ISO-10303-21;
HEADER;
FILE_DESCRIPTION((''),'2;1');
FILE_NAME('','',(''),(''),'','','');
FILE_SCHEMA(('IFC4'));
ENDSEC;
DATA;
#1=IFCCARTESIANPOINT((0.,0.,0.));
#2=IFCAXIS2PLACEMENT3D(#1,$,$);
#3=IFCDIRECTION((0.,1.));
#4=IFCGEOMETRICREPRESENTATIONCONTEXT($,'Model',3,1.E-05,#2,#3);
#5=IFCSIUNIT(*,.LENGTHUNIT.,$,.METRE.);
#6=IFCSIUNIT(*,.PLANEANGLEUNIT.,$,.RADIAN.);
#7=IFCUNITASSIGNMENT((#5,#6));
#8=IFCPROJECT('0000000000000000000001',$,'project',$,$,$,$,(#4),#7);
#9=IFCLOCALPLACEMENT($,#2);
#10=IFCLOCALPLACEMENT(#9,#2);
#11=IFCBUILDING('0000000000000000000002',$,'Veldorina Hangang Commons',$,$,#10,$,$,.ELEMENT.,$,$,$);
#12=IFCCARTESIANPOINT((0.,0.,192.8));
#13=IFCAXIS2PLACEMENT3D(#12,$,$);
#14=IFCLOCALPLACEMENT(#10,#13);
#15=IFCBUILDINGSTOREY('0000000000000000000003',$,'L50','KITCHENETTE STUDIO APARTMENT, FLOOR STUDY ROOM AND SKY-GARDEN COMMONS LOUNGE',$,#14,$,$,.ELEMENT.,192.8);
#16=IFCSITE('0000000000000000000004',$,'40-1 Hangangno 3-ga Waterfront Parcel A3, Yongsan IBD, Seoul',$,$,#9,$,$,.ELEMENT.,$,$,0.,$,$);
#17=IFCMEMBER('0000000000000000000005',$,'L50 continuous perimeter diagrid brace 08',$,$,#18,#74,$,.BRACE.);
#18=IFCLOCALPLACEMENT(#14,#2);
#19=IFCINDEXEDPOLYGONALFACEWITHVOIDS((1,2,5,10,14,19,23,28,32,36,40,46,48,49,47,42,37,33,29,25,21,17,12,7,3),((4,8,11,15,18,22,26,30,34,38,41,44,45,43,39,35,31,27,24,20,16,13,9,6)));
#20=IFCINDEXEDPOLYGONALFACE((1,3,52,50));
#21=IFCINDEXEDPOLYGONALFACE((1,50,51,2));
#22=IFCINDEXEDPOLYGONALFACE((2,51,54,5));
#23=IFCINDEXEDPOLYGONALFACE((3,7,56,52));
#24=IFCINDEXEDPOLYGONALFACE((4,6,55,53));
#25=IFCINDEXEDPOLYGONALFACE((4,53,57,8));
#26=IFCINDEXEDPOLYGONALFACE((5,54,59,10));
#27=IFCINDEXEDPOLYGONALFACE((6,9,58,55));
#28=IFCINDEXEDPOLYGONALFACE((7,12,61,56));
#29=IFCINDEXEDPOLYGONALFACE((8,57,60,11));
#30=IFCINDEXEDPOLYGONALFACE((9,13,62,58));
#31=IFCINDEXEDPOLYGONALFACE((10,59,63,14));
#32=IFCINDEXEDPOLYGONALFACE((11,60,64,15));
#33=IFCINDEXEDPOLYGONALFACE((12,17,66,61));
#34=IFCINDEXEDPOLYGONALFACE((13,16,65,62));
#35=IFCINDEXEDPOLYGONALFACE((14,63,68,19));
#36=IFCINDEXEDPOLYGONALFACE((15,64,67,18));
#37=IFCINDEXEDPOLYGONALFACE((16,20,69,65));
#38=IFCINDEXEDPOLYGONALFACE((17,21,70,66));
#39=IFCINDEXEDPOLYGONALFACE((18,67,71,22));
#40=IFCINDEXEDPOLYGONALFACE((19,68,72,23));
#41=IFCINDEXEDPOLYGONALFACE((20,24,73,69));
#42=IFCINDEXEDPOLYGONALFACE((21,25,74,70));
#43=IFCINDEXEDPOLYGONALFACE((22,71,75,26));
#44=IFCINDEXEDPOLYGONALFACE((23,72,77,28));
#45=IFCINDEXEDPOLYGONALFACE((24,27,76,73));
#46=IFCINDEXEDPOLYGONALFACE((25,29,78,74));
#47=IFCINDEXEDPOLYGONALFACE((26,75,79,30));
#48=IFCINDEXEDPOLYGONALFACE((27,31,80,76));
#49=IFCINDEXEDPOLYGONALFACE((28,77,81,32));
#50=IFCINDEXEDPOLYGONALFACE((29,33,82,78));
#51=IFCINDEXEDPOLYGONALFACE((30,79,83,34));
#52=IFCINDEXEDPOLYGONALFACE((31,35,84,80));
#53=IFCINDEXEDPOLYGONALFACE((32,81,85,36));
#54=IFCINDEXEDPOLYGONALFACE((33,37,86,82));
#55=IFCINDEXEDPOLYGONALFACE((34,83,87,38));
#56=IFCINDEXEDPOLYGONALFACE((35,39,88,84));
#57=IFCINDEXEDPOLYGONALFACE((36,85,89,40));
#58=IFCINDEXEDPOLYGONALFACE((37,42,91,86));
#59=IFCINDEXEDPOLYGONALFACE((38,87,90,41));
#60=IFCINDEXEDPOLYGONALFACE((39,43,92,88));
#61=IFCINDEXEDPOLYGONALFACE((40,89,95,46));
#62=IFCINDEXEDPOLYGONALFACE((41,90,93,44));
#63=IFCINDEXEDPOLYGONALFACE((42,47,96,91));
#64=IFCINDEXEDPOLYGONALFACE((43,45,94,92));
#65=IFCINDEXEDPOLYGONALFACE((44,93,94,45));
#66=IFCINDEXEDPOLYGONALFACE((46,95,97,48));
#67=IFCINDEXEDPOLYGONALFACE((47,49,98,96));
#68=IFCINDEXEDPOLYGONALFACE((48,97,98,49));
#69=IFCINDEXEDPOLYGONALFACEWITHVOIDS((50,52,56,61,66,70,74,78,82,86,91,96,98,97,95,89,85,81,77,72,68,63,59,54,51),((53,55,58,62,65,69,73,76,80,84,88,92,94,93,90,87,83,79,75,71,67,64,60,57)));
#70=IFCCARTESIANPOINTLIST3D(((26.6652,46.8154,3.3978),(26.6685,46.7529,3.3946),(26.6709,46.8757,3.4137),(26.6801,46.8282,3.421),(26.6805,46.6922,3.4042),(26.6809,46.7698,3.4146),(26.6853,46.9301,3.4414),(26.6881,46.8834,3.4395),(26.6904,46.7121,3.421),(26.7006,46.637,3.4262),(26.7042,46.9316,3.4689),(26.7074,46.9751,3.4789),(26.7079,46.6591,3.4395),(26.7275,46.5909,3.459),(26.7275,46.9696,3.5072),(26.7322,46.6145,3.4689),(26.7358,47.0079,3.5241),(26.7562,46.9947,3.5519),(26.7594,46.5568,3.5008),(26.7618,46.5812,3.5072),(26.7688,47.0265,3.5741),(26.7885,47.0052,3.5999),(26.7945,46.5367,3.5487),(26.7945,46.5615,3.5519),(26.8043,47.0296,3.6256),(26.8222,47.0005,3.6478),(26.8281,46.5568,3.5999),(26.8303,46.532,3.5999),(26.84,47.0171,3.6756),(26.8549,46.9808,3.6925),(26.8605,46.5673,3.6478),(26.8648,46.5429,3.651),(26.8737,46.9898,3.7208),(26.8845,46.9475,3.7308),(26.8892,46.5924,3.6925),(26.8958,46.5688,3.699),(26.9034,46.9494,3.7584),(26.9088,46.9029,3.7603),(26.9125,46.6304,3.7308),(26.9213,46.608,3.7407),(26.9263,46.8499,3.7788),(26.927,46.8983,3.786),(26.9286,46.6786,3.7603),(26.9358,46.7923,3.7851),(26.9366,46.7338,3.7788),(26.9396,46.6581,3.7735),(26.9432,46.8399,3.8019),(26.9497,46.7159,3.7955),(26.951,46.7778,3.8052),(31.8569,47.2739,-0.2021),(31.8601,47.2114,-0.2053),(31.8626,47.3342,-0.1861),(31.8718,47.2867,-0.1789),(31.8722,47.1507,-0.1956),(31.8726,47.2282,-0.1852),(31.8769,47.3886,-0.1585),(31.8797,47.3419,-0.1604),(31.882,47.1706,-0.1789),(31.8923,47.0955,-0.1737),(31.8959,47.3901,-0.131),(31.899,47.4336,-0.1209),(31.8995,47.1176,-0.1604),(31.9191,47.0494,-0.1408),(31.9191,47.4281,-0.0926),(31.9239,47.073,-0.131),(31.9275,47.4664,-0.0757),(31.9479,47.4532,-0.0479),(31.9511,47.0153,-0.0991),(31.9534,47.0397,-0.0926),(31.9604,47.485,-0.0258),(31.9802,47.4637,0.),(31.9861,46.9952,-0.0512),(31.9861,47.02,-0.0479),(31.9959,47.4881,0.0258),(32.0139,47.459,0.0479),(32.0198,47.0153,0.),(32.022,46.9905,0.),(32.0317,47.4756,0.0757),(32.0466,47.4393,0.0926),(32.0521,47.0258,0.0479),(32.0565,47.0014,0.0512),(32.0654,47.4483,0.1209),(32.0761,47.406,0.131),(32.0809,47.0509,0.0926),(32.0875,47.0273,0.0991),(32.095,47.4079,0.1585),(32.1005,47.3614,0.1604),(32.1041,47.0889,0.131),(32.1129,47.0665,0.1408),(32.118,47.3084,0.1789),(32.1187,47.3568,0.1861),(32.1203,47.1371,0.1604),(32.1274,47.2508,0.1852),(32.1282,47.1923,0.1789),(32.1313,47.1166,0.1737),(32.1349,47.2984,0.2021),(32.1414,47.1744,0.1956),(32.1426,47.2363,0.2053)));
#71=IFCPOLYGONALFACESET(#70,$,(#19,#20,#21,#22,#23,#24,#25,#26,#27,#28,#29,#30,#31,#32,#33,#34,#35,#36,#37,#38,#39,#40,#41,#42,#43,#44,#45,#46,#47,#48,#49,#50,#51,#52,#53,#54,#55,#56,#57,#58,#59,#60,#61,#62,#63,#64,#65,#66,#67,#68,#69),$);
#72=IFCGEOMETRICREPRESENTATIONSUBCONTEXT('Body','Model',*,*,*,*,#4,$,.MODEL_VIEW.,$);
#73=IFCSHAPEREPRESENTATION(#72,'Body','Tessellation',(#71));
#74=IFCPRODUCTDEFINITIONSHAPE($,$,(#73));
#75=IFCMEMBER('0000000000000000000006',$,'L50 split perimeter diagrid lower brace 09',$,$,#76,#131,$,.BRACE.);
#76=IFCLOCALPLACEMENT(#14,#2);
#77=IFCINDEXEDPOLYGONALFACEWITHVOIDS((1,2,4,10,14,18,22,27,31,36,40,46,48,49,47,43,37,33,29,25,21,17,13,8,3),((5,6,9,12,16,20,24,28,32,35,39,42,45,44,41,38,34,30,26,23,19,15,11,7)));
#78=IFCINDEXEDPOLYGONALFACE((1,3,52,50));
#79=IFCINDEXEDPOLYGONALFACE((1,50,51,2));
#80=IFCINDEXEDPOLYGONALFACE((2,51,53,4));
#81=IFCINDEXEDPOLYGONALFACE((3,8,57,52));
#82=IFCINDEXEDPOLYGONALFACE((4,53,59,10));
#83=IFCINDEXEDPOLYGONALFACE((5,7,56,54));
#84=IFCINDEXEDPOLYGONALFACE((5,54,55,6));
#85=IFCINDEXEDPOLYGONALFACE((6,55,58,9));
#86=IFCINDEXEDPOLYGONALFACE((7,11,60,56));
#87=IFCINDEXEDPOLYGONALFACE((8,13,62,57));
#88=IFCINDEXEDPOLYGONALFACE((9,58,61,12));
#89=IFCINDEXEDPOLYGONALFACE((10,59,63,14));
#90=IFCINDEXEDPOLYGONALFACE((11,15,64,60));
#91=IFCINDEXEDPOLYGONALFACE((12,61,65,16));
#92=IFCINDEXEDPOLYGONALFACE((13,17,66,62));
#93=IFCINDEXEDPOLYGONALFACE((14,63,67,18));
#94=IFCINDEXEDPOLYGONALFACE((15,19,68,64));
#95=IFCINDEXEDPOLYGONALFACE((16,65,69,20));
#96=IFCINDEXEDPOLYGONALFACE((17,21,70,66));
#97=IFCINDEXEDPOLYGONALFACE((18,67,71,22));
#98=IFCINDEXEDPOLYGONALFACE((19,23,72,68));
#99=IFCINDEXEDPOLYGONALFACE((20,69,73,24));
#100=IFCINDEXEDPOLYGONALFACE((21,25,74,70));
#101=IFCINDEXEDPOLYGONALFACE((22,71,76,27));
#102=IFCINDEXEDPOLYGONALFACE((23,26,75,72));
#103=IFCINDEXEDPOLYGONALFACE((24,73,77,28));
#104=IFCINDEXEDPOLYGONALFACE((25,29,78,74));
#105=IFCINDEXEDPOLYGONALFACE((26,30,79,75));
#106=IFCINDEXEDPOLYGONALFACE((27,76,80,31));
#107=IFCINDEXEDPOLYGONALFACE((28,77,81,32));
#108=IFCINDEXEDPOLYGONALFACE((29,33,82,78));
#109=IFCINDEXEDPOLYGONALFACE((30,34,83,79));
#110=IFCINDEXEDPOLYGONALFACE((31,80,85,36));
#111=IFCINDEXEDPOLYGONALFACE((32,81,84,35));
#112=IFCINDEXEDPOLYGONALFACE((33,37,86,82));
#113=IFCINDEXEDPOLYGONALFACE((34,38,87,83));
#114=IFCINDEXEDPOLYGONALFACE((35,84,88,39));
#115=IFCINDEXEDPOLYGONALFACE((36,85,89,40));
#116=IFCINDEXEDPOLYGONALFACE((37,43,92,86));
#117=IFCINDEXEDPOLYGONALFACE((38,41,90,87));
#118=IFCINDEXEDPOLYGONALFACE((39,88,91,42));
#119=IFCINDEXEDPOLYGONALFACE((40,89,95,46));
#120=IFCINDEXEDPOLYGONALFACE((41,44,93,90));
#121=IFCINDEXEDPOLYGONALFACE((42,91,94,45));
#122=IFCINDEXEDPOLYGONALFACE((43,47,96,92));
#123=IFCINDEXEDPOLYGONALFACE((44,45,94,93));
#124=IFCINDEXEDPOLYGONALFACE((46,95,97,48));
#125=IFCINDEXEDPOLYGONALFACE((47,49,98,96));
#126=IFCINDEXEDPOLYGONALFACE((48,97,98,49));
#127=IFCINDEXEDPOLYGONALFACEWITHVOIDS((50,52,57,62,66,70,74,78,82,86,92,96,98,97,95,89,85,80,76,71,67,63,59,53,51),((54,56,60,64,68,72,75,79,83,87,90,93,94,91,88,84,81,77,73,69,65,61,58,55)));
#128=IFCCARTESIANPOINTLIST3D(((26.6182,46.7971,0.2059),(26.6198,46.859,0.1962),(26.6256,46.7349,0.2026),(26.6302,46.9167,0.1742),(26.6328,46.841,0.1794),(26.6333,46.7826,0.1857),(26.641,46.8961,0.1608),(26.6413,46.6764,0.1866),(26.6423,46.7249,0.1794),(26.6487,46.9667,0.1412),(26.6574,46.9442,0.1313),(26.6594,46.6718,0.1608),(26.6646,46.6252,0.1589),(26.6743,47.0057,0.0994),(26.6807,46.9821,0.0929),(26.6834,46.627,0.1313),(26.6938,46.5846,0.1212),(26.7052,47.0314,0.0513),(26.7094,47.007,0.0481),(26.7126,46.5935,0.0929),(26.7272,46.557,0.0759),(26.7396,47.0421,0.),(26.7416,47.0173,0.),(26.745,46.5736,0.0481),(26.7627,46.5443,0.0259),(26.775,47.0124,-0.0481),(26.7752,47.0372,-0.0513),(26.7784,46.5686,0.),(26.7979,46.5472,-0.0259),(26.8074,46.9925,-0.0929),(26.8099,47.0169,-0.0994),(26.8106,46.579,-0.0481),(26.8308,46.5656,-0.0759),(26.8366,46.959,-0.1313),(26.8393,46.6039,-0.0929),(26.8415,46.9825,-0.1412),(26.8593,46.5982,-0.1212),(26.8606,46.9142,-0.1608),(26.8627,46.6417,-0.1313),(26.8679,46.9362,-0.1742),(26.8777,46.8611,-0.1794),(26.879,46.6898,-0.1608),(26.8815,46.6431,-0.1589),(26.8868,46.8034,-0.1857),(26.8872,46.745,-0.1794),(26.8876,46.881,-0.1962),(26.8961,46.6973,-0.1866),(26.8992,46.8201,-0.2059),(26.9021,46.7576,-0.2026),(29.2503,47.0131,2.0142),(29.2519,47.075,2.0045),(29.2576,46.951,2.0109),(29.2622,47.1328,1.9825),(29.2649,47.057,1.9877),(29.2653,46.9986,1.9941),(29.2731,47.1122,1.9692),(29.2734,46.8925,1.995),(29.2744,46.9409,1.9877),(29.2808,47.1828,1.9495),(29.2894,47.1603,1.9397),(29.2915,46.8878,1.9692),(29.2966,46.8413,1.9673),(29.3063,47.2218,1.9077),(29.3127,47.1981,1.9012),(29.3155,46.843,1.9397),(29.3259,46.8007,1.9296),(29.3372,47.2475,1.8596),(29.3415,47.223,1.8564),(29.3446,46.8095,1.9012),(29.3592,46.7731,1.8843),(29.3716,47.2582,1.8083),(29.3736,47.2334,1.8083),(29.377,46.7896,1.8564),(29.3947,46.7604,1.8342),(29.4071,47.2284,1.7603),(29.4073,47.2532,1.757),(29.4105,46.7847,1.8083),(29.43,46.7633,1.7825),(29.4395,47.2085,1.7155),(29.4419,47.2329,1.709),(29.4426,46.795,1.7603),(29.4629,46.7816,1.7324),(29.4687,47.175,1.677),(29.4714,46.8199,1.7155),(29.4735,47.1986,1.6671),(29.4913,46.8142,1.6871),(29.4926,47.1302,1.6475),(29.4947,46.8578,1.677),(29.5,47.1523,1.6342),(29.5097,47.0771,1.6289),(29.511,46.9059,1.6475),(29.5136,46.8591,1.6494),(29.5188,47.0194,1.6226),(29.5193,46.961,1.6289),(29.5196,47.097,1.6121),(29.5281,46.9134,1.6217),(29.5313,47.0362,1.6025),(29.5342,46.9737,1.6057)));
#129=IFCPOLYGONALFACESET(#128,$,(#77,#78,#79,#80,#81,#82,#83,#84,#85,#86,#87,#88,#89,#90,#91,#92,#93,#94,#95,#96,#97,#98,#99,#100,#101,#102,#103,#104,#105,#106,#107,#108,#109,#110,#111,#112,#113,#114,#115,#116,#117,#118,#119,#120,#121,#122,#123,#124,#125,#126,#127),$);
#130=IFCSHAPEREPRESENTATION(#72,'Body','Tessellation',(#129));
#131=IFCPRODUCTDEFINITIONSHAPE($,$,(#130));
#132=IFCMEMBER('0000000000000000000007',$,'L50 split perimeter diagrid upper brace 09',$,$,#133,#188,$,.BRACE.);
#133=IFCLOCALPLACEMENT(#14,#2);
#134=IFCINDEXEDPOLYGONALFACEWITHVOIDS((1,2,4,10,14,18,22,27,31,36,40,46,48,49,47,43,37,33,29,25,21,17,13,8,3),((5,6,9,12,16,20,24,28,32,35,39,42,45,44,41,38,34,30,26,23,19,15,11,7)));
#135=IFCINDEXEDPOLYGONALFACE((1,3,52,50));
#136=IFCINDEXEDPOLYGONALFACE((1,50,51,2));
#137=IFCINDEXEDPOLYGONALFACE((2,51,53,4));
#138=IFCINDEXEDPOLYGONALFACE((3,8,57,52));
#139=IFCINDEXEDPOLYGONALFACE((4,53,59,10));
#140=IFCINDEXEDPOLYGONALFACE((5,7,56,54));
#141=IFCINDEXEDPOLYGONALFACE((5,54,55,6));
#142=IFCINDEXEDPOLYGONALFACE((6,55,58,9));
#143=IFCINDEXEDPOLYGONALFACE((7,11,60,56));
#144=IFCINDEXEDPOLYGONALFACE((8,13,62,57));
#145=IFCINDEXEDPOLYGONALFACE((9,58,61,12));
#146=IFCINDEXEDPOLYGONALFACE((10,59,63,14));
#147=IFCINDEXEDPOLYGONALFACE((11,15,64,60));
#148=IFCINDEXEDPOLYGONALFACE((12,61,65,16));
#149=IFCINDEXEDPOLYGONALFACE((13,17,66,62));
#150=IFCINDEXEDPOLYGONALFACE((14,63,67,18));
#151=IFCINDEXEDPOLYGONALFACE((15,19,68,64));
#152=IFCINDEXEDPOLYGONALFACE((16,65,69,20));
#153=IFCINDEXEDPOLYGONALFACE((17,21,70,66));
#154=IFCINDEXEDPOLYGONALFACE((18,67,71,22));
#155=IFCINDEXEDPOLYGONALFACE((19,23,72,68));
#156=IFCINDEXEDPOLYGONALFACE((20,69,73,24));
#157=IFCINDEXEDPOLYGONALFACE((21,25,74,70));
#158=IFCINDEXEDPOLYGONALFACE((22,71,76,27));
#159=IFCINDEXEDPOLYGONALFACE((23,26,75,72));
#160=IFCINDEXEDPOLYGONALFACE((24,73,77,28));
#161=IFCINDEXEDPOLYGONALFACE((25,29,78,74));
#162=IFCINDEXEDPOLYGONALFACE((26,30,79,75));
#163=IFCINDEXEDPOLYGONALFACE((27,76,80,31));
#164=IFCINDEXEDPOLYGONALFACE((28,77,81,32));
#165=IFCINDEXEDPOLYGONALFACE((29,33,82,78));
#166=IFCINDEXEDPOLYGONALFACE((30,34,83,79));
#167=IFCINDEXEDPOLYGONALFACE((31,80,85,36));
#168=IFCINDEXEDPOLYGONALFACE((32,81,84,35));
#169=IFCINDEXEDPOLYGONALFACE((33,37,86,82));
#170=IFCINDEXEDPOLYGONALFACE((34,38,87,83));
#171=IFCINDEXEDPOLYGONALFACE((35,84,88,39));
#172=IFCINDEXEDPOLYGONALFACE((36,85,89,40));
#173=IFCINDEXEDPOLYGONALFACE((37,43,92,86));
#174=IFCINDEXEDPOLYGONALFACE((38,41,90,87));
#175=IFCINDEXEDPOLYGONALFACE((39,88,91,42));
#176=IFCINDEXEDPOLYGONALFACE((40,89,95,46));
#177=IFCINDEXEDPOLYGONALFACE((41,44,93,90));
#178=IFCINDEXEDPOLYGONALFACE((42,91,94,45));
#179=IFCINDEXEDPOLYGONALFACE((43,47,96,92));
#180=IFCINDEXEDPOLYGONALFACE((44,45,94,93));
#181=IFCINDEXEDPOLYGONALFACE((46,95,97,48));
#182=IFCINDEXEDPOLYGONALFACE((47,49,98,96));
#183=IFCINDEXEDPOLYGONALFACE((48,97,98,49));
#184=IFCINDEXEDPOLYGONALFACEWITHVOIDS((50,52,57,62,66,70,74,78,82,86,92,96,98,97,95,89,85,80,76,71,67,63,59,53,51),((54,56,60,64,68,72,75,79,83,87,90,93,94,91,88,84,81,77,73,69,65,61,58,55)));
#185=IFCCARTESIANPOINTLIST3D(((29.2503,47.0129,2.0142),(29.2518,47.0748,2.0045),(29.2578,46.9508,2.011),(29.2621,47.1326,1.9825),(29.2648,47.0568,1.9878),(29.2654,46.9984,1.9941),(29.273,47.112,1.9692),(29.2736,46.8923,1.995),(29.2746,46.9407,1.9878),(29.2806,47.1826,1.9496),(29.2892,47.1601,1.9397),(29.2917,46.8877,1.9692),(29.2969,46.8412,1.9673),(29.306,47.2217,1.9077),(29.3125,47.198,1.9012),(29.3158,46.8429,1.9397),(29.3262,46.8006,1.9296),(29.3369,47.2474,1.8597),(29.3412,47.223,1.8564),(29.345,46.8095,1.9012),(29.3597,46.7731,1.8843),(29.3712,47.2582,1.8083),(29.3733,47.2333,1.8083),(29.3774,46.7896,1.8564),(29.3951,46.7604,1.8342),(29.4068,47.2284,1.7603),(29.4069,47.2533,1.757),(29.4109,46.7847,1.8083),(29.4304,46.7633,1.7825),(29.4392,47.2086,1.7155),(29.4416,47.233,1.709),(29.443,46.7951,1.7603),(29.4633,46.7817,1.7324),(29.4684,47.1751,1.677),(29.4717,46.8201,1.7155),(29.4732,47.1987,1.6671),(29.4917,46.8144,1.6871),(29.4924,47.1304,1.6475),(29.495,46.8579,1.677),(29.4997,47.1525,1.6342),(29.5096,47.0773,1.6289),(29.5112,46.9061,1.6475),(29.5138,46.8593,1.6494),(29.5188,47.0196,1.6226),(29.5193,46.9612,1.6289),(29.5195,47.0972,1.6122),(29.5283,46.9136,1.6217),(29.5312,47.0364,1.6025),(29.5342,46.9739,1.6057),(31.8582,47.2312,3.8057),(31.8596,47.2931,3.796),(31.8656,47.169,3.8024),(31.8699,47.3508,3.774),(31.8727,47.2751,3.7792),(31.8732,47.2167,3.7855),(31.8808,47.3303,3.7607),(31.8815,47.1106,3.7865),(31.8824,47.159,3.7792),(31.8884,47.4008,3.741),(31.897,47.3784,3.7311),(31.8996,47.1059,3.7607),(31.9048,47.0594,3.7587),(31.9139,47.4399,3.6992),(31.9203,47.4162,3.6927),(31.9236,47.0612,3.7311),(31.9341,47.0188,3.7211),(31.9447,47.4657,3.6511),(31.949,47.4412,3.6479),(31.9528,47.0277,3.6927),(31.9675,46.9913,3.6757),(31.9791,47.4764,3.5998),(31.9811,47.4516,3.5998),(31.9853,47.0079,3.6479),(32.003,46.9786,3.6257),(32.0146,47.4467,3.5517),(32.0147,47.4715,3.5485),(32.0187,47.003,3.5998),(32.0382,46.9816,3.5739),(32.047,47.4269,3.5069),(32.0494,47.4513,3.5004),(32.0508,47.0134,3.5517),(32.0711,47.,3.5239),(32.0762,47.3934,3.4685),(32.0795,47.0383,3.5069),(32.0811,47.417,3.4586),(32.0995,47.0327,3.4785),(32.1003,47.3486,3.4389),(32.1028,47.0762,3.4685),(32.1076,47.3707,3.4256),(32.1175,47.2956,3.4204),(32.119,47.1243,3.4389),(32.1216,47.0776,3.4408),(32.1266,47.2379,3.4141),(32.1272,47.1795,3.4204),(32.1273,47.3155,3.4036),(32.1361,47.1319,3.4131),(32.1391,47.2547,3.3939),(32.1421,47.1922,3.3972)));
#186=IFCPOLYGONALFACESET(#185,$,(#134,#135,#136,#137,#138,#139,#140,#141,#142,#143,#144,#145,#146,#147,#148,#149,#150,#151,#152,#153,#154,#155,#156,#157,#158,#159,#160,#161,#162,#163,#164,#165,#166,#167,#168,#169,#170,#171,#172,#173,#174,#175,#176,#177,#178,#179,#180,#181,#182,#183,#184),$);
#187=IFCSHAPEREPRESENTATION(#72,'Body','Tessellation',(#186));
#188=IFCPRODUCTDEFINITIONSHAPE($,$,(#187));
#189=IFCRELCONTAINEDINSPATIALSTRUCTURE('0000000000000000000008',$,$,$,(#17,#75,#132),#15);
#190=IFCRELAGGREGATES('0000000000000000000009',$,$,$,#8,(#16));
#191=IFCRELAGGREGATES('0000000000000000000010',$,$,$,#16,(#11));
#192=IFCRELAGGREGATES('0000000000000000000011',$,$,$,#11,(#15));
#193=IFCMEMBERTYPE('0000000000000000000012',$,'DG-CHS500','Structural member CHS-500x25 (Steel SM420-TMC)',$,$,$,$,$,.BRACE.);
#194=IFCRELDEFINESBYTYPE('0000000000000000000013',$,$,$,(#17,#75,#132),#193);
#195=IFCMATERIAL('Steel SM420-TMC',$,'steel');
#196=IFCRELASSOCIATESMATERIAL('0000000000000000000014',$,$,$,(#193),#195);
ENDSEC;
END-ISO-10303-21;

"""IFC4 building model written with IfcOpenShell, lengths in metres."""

from ifc_helpers import new_model, si_unit, direction, frame, origin, origin_2d, place, context, subcontext, project, spatial, hollow_circle, extrude, material, material_profile, profile_set, type_object, element, save


model = new_model("IFC4")

# Units and contexts
model_context = context("Model", 3, precision=1e-05, world=origin(), true_north=direction((0.0, 1.0)))
body_context = subcontext(model_context, "Body", "Model", "MODEL_VIEW")
ifc_project = project(units=[si_unit("LENGTHUNIT", "METRE"), si_unit("PLANEANGLEUNIT", "RADIAN")], contexts=[model_context])

# Site, building, storey
site_placement = place(None, origin())
site = spatial("IfcSite", under=ifc_project, at=site_placement, Name="40-1 Hangangno 3-ga Waterfront Parcel A3, Yongsan IBD, Seoul", CompositionType="ELEMENT", RefElevation=0.0)
building_placement = place(site_placement, origin())
building = spatial("IfcBuilding", under=site, at=building_placement, Name="Veldorina Hangang Commons", CompositionType="ELEMENT")
storey_placement = place(building_placement, frame((0.0, 0.0, 192.8)))
storey = spatial("IfcBuildingStorey", under=building, at=storey_placement, Name="L50", Description="KITCHENETTE STUDIO APARTMENT, FLOOR STUDY ROOM AND SKY-GARDEN COMMONS LOUNGE", CompositionType="ELEMENT", Elevation=192.8)

# Shared definitions
ifc_material_1 = material(Name="Steel SM420-TMC", Category="steel")

# Members
ifc_material_profile_1 = material_profile(ifc_material_1, hollow_circle(Radius=0.25, WallThickness=0.0249, at=origin_2d()), Name="CHS-500x25")
ifc_profile_set_1 = profile_set([ifc_material_profile_1], Name="Steel SM420-TMC")
member_type = type_object("IfcMemberType", Name="DG-CHS500", Description="Structural member CHS-500x25 (Steel SM420-TMC)", PredefinedType="BRACE", material=ifc_profile_set_1)
member_1_placement = place(storey_placement, frame((32.0, 47.2395, 0.0), z_axis=(-0.819619, -0.072384, 0.568318), x_axis=(0.087972, -0.996123, 0.0)))
element("IfcMember", 1, at=member_1_placement, inside=storey, type_object=member_type, Name="L50 continuous perimeter diagrid brace 08", PredefinedType="BRACE", context=body_context, shape_type="SweptSolid", body=[
    extrude(hollow_circle(Radius=0.25, WallThickness=0.0249, at=origin_2d()), origin(), (0.0, 0.0, 1.0), 6.3342),
])
member_2_placement = place(storey_placement, frame((26.76, 46.793, 0.0), z_axis=(0.822338, 0.067505, 0.564981), x_axis=(-0.081814, 0.996648, 0.0)))
element("IfcMember", 2, at=member_2_placement, inside=storey, type_object=member_type, Name="L50 split perimeter diagrid lower brace 09", PredefinedType="BRACE", context=body_context, shape_type="SweptSolid", body=[
    extrude(hollow_circle(Radius=0.25, WallThickness=0.0249, at=origin_2d()), origin(), (0.0, 0.0, 1.0), 3.2007),
])
member_3_placement = place(storey_placement, frame((29.3921, 47.009, 1.8083), z_axis=(0.822299, 0.06882, 0.564878), x_axis=(-0.083401, 0.996516, 0.0)))
element("IfcMember", 3, at=member_3_placement, inside=storey, type_object=member_type, Name="L50 split perimeter diagrid upper brace 09", PredefinedType="BRACE", context=body_context, shape_type="SweptSolid", body=[
    extrude(hollow_circle(Radius=0.25, WallThickness=0.0249, at=origin_2d()), origin(), (0.0, 0.0, 1.0), 3.1714),
])

save(model, "model.ifc")
